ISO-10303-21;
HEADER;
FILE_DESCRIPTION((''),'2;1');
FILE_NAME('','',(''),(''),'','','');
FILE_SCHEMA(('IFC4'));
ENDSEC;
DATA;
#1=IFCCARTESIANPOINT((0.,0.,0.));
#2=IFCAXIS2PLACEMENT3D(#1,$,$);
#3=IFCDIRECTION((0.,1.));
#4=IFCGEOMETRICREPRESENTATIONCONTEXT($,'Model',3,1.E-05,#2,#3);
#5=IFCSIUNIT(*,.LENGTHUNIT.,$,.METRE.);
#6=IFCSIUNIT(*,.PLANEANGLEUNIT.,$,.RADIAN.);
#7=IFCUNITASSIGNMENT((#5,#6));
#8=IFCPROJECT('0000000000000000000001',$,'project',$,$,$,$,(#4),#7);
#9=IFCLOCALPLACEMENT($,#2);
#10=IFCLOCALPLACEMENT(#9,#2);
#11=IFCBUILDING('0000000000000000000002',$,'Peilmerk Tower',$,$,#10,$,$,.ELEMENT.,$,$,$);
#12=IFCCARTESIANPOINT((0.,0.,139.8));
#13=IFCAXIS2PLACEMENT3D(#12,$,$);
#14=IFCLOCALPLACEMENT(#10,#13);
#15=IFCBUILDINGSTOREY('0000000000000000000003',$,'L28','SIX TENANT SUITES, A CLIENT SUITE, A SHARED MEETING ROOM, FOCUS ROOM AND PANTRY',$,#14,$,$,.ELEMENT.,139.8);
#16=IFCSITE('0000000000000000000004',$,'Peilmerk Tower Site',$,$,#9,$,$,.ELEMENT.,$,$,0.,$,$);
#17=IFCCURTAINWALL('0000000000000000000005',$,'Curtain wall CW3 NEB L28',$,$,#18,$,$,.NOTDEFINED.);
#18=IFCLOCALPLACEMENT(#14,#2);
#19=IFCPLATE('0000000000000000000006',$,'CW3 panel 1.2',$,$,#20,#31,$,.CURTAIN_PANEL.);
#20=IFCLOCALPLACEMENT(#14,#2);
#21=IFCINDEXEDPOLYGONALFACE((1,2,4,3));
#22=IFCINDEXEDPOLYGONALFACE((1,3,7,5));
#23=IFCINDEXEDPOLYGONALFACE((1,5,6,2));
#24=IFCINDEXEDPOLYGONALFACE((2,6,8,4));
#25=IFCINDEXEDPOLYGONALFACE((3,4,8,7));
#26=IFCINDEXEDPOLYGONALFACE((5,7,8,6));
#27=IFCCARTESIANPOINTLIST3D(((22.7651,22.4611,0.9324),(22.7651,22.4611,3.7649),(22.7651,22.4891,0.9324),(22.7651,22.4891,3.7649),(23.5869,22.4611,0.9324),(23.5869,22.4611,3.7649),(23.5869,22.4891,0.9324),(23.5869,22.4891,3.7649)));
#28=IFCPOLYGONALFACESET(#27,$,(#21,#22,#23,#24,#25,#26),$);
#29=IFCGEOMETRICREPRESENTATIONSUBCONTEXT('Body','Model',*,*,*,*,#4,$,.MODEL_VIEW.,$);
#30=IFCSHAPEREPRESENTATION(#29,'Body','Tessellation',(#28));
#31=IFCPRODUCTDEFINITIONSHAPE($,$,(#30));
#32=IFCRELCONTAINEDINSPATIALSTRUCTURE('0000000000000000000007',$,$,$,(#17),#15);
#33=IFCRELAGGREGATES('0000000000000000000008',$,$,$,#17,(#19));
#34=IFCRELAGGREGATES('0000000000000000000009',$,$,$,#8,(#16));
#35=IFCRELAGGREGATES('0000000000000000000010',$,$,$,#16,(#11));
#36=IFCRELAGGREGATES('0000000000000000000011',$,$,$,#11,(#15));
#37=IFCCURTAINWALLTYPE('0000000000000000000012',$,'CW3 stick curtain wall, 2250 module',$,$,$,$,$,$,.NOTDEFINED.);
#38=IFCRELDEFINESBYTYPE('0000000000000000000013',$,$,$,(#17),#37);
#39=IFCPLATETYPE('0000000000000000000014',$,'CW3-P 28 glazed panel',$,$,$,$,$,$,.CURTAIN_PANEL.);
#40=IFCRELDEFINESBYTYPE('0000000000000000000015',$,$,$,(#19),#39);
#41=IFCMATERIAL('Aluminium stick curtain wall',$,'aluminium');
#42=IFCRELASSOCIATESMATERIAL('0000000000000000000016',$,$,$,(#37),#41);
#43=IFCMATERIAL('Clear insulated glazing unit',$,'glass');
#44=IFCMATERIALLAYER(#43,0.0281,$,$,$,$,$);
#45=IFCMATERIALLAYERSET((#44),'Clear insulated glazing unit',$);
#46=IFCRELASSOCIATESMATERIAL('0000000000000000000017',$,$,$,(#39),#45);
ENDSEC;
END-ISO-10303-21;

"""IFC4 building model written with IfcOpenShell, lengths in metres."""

from ifc_helpers import new_model, si_unit, direction, frame, origin, origin_2d, place, context, subcontext, project, spatial, rectangle, extrude, material, layer, layer_set, type_object, element, aggregate, save


model = new_model("IFC4")

# Units and contexts
model_context = context("Model", 3, precision=1e-05, world=origin(), true_north=direction((0.0, 1.0)))
body_context = subcontext(model_context, "Body", "Model", "MODEL_VIEW")
ifc_project = project(units=[si_unit("LENGTHUNIT", "METRE"), si_unit("PLANEANGLEUNIT", "RADIAN")], contexts=[model_context])

# Site, building, storey
site_placement = place(None, origin())
site = spatial("IfcSite", under=ifc_project, at=site_placement, Name="Peilmerk Tower Site", CompositionType="ELEMENT", RefElevation=0.0)
building_placement = place(site_placement, origin())
building = spatial("IfcBuilding", under=site, at=building_placement, Name="Peilmerk Tower", CompositionType="ELEMENT")
storey_placement = place(building_placement, frame((0.0, 0.0, 139.8)))
storey = spatial("IfcBuildingStorey", under=building, at=storey_placement, Name="L28", Description="SIX TENANT SUITES, A CLIENT SUITE, A SHARED MEETING ROOM, FOCUS ROOM AND PANTRY", CompositionType="ELEMENT", Elevation=139.8)

# Curtain wall, plate
ifc_material_1 = material(Name="Aluminium stick curtain wall", Category="aluminium")
curtain_wall_type = type_object("IfcCurtainWallType", Name="CW3 stick curtain wall, 2250 module", PredefinedType="NOTDEFINED", material=ifc_material_1)
curtain_wall_placement = place(storey_placement, origin())
curtain_wall = element("IfcCurtainWall", 1, at=curtain_wall_placement, inside=storey, type_object=curtain_wall_type, Name="Curtain wall CW3 NEB L28", PredefinedType="NOTDEFINED")
ifc_material_2 = material(Name="Clear insulated glazing unit", Category="glass")
ifc_layer = layer(ifc_material_2, 0.0281)
ifc_layer_set = layer_set([ifc_layer], Name="Clear insulated glazing unit")
plate_type = type_object("IfcPlateType", Name="CW3-P 28 glazed panel", PredefinedType="CURTAIN_PANEL", material=ifc_layer_set)
plate_1_placement = place(storey_placement, frame((23.176, 22.4751, 0.9324), z_axis=(0.0, 0.0, 1.0), x_axis=(1.0, 0.0, 0.0)))
plate_1 = element("IfcPlate", 2, at=plate_1_placement, type_object=plate_type, Name="CW3 panel 1.2", PredefinedType="CURTAIN_PANEL", context=body_context, shape_type="SweptSolid", body=[
    extrude(rectangle(XDim=0.8218, YDim=0.0281, at=origin_2d()), origin(), (0.0, 0.0, 1.0), 2.8325),
])
aggregate(curtain_wall, [plate_1])

save(model, "model.ifc")
